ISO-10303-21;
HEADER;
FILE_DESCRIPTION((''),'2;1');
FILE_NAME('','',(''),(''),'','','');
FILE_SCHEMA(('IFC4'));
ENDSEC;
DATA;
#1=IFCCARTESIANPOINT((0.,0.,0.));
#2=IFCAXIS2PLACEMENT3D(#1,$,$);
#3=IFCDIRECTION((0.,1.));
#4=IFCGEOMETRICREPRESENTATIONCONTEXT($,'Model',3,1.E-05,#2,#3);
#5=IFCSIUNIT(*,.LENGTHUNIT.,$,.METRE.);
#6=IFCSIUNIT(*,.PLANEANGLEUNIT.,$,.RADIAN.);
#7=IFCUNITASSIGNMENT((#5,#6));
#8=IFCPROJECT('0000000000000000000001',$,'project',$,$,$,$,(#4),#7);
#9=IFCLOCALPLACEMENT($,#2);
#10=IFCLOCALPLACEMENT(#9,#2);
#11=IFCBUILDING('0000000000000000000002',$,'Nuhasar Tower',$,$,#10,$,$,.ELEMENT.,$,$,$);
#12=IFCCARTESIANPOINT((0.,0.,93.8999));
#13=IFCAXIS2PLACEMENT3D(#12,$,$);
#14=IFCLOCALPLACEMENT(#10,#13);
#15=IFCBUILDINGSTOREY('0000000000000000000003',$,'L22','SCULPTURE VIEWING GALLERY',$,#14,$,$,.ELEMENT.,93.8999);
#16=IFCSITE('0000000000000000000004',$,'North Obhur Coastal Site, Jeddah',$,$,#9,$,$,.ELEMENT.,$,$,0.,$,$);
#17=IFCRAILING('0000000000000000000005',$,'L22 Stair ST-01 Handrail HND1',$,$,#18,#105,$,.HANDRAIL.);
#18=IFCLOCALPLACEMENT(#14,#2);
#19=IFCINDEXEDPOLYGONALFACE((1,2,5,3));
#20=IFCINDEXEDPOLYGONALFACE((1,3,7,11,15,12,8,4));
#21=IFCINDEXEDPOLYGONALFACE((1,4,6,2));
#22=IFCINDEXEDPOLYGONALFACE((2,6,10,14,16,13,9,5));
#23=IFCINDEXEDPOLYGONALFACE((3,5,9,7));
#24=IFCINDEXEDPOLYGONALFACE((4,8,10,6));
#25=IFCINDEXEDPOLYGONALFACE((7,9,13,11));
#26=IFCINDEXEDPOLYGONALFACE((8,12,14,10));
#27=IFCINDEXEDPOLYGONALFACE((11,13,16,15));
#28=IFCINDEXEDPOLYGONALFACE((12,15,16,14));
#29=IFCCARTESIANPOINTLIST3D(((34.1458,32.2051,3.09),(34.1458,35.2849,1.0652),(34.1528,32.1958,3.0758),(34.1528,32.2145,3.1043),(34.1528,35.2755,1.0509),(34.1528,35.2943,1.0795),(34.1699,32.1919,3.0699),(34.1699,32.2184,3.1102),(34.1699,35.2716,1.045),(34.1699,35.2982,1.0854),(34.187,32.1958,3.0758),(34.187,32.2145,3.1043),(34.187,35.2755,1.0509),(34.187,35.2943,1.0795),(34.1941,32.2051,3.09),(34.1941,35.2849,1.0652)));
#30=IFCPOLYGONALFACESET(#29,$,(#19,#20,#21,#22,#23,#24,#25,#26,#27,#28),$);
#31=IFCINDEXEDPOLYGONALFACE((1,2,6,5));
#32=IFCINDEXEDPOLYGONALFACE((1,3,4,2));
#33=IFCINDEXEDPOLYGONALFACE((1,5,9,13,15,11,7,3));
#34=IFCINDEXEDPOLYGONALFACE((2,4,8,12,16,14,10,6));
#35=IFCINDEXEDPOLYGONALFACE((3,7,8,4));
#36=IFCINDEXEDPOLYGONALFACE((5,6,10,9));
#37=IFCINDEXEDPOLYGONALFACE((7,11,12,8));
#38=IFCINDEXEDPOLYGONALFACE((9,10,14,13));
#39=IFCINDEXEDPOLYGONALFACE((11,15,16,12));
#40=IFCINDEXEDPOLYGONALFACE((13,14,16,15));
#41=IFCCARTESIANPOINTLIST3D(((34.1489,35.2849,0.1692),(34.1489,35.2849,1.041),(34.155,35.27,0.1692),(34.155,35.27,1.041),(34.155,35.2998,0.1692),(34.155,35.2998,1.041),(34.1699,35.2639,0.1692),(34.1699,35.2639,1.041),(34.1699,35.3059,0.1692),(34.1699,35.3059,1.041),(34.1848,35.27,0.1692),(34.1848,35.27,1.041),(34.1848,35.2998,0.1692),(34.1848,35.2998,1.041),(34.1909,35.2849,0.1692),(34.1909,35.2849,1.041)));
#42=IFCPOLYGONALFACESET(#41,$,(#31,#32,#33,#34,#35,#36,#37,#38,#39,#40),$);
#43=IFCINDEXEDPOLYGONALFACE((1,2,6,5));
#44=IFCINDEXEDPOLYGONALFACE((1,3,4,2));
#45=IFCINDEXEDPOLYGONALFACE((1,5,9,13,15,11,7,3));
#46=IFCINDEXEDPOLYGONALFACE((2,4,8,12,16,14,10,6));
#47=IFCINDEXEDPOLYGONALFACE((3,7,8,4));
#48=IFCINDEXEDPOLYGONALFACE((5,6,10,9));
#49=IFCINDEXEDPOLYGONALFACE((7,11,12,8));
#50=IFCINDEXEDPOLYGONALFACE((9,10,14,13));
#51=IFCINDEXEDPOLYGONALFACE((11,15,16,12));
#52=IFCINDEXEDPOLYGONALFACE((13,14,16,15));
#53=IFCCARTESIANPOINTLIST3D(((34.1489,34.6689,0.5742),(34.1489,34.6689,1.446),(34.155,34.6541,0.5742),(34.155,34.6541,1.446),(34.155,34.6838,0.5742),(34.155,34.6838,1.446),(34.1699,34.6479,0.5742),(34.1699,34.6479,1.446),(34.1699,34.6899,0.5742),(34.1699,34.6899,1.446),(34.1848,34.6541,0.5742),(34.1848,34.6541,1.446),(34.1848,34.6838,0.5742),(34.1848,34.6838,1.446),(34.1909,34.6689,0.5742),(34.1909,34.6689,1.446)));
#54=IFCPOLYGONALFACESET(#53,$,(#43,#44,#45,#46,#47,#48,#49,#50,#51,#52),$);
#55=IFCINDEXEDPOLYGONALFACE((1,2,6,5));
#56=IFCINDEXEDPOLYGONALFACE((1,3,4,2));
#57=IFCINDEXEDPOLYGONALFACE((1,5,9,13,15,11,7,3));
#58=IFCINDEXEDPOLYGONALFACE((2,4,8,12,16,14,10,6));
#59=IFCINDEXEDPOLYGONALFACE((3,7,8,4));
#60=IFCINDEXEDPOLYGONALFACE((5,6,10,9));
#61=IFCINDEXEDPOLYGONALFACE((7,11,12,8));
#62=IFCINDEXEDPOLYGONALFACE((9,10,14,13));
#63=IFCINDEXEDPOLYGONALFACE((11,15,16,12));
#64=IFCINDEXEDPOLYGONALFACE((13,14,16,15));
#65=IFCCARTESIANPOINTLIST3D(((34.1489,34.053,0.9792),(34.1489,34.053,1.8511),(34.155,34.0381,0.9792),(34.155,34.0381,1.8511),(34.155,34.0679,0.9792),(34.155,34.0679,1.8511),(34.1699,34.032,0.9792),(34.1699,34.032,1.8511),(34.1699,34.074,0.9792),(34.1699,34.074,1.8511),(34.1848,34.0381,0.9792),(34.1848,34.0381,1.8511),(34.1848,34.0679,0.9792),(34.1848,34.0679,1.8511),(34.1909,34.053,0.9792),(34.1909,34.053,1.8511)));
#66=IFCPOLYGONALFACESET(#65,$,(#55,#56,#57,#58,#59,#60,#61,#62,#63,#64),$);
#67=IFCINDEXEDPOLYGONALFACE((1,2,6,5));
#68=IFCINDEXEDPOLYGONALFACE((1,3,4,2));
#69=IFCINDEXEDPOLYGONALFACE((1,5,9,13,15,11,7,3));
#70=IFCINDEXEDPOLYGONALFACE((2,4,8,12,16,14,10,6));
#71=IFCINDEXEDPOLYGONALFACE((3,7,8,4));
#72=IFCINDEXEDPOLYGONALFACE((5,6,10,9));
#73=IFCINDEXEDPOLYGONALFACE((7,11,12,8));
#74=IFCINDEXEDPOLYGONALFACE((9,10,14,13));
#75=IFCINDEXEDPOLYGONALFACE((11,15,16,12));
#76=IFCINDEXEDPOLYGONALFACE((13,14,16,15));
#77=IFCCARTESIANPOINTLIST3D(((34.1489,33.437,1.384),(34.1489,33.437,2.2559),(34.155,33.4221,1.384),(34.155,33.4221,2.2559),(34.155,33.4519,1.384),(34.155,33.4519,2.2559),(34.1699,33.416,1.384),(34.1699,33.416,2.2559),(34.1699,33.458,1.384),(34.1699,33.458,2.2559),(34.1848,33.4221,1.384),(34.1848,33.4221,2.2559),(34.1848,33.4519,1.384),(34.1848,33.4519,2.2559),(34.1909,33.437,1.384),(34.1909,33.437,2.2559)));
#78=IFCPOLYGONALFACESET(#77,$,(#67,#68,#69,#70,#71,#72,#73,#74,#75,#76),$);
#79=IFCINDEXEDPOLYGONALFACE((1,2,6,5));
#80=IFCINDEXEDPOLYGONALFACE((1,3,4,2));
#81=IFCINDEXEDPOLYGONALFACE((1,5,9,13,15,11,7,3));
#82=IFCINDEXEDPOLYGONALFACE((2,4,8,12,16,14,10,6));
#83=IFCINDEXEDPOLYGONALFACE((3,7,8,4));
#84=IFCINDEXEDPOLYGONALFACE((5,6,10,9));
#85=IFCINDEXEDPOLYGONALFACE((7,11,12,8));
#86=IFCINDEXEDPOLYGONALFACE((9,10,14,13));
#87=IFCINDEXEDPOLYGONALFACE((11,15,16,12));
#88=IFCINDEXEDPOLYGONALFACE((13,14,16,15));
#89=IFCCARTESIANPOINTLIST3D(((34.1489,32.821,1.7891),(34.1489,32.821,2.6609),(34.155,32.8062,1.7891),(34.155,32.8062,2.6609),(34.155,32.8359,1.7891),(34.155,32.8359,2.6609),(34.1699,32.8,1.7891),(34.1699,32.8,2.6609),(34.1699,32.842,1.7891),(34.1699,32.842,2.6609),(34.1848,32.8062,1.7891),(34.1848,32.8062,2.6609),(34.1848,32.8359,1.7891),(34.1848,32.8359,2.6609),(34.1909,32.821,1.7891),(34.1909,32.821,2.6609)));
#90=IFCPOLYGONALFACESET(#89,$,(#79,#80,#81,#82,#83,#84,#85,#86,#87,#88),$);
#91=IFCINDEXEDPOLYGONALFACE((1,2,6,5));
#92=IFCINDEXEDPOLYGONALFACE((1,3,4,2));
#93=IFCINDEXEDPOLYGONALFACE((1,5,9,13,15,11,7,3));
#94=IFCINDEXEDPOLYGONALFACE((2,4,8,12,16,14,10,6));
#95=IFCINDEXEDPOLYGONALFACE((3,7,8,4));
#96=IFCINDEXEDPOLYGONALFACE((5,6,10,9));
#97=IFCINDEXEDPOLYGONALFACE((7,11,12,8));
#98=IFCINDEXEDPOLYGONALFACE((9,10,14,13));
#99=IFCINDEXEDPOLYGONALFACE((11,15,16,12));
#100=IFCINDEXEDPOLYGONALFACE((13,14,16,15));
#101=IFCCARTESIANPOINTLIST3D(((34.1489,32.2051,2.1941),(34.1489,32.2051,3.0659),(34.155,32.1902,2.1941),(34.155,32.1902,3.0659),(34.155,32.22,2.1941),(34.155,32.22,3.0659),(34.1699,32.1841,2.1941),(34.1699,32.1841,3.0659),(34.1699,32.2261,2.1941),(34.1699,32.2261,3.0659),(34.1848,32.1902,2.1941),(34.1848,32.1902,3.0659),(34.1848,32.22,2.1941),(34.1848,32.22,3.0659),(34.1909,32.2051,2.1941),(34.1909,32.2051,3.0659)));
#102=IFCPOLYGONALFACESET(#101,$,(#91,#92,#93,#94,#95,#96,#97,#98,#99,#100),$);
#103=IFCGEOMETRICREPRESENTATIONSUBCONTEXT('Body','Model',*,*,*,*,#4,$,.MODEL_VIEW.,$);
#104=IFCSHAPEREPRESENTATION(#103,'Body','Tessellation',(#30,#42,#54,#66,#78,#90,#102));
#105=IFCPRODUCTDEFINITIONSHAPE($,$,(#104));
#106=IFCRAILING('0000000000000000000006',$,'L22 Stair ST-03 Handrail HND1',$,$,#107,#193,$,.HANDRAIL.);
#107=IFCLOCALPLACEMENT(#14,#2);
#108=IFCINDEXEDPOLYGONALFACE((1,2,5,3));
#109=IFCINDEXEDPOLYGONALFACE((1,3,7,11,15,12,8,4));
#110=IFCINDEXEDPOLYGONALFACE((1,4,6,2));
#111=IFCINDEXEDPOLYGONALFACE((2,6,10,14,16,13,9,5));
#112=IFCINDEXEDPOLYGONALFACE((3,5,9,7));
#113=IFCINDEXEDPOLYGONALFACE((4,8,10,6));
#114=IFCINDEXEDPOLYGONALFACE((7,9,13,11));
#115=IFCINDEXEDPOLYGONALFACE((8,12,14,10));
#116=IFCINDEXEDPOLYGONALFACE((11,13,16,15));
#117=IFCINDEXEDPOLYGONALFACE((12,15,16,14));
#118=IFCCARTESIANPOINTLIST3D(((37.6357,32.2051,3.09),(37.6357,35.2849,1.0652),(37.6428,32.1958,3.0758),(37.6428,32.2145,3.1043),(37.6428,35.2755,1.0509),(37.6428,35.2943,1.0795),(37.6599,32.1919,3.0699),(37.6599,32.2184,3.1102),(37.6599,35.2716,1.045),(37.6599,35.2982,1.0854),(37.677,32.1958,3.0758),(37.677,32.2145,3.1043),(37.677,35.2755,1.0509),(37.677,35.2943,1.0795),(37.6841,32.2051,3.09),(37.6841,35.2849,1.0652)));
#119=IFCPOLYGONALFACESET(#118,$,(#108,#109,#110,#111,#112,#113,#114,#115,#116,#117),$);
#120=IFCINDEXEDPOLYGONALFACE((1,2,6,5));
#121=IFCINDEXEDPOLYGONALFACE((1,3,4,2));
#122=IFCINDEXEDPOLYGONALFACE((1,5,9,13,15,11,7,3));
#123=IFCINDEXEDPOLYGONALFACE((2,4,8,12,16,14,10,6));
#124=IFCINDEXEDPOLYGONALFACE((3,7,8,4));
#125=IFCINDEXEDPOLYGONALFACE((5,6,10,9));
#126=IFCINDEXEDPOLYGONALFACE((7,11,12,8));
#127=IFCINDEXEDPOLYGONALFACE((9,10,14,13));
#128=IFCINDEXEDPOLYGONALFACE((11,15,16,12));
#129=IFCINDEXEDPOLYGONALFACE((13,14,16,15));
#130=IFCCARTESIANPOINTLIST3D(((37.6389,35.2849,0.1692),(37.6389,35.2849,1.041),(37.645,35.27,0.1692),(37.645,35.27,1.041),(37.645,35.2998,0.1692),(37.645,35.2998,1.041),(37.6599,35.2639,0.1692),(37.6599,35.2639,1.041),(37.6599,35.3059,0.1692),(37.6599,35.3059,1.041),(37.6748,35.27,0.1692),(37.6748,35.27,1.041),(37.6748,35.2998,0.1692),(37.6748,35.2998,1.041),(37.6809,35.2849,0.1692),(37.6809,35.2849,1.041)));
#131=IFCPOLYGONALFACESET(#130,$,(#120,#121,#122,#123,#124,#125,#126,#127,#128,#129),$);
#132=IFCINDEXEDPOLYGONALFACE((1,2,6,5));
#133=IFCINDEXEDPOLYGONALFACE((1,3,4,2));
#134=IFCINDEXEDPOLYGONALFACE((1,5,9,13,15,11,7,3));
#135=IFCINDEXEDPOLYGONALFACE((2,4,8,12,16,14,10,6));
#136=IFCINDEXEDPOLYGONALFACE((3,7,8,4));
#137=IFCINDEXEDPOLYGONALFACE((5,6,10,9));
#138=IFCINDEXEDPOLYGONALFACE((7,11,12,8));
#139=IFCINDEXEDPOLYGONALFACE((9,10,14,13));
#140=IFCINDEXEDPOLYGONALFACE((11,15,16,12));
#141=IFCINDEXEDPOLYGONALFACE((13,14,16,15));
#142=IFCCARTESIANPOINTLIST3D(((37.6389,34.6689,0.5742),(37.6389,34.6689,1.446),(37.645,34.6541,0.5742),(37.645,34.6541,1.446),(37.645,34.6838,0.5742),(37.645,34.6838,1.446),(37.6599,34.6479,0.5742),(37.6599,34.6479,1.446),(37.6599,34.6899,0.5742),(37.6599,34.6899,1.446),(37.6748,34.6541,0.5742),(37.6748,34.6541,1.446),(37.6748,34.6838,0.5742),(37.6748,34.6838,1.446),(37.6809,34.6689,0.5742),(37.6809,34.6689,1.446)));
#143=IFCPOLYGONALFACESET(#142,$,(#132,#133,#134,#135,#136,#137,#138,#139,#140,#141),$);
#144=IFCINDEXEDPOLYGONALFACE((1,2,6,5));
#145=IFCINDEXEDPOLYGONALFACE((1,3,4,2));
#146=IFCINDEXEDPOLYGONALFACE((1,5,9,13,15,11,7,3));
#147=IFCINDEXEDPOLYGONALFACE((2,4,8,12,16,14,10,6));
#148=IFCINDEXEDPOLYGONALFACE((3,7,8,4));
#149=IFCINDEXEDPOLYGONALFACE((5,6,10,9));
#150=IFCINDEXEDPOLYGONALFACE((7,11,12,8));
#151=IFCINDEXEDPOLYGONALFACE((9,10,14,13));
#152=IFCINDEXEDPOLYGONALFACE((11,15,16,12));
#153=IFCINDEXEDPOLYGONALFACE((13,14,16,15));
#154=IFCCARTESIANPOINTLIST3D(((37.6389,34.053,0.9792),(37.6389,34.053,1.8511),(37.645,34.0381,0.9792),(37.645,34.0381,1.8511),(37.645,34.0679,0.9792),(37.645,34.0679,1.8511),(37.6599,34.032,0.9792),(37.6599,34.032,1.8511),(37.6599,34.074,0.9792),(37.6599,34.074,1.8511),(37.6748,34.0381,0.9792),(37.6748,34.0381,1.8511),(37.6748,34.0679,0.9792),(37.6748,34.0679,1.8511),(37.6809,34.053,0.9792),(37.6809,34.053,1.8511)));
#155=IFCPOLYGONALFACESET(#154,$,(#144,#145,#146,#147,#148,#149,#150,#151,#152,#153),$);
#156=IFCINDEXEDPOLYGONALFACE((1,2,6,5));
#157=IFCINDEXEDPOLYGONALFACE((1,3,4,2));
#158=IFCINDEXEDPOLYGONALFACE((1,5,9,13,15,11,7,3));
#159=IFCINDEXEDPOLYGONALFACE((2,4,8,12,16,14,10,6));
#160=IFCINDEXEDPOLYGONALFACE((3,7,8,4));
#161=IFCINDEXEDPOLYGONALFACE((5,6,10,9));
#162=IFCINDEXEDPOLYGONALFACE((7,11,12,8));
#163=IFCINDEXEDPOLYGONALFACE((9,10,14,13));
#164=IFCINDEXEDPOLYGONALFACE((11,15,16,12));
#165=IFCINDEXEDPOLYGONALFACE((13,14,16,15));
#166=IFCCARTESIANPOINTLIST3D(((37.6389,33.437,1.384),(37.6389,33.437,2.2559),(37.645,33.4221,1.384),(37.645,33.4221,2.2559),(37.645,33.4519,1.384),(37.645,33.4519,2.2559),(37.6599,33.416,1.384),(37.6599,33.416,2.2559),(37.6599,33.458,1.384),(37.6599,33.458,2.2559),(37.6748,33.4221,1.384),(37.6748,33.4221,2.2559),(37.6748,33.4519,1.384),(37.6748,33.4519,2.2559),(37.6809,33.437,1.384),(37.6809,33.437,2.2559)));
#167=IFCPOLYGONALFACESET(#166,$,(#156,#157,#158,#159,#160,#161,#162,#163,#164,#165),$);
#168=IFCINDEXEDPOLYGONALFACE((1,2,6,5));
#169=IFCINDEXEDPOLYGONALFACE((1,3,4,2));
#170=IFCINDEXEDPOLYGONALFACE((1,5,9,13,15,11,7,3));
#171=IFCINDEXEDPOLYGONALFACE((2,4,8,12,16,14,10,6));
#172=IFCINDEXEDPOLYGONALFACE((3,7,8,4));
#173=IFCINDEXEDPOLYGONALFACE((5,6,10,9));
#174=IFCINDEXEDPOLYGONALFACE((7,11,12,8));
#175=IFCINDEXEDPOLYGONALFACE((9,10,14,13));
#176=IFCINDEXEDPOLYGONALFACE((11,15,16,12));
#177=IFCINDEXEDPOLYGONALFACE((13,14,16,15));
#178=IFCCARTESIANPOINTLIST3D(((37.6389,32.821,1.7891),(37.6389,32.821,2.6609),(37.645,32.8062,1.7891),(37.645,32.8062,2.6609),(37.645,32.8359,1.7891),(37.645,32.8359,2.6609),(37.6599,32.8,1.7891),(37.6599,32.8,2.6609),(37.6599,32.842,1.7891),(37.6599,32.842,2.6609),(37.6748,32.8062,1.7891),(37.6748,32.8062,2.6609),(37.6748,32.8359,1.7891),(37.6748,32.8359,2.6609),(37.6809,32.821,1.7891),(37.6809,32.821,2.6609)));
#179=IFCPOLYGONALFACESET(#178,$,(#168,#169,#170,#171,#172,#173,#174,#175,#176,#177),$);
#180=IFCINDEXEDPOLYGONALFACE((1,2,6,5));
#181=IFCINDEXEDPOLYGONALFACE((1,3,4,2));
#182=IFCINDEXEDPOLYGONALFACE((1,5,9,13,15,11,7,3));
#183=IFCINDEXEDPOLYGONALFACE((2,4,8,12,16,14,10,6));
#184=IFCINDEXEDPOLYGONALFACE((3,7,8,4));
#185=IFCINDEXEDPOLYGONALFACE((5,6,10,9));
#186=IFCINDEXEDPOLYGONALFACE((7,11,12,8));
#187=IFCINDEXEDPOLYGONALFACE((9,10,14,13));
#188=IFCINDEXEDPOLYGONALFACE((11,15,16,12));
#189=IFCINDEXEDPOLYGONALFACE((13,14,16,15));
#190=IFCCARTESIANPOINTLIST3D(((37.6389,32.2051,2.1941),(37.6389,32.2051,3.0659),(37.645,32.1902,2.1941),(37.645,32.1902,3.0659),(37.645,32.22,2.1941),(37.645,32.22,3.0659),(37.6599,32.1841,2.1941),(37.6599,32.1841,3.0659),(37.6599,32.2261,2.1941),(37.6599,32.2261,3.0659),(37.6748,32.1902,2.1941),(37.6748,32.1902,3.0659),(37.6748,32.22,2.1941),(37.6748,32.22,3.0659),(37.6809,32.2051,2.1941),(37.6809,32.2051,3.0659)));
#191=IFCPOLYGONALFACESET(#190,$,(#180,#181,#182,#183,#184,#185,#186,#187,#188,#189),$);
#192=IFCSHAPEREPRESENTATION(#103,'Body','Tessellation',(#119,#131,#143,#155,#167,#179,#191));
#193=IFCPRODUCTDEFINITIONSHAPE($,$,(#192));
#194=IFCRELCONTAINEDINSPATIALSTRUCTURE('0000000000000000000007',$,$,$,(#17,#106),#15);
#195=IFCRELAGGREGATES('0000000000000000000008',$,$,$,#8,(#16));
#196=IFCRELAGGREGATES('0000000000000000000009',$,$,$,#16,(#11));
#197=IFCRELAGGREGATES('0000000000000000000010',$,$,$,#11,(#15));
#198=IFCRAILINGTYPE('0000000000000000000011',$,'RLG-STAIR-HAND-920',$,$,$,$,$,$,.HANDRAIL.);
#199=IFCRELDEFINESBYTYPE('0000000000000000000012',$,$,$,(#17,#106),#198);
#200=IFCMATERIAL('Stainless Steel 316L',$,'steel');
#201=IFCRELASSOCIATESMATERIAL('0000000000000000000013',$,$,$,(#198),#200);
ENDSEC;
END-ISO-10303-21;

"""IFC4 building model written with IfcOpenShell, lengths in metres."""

from ifc_helpers import new_model, si_unit, direction, frame, origin, place, context, subcontext, project, spatial, polyline, outline, extrude, material, type_object, element, save


model = new_model("IFC4")

# Units and contexts
model_context = context("Model", 3, precision=1e-05, world=origin(), true_north=direction((0.0, 1.0)))
body_context = subcontext(model_context, "Body", "Model", "MODEL_VIEW")
ifc_project = project(units=[si_unit("LENGTHUNIT", "METRE"), si_unit("PLANEANGLEUNIT", "RADIAN")], contexts=[model_context])

# Site, building, storey
site_placement = place(None, origin())
site = spatial("IfcSite", under=ifc_project, at=site_placement, Name="North Obhur Coastal Site, Jeddah", CompositionType="ELEMENT", RefElevation=0.0)
building_placement = place(site_placement, origin())
building = spatial("IfcBuilding", under=site, at=building_placement, Name="Nuhasar Tower", CompositionType="ELEMENT")
storey_placement = place(building_placement, frame((0.0, 0.0, 93.8999)))
storey = spatial("IfcBuildingStorey", under=building, at=storey_placement, Name="L22", Description="SCULPTURE VIEWING GALLERY", CompositionType="ELEMENT", Elevation=93.8999)

# Railings
ifc_material_1 = material(Name="Stainless Steel 316L", Category="steel")
railing_type_1 = type_object("IfcRailingType", Name="RLG-STAIR-HAND-920", PredefinedType="HANDRAIL", material=ifc_material_1)
railing_1_placement = place(storey_placement, frame((34.1699, 35.2849, 0.1692)))
element("IfcRailing", 1, at=railing_1_placement, inside=storey, type_object=railing_type_1, Name="L22 Stair ST-01 Handrail HND1", PredefinedType="HANDRAIL", context=body_context, shape_type="SweptSolid", body=[
    extrude(outline(polyline([(0.0242, 0.0), (0.0171, 0.0171), (0.0, 0.0242), (-0.0171, 0.0171), (-0.0242, 0.0), (-0.0171, -0.0171), (0.0, -0.0242), (0.0171, -0.0171), (0.0242, 0.0)])), frame((0.0, 0.0, 0.896), z_axis=(0.0, -0.83558, 0.54937), x_axis=(1.0, 0.0, 0.0)), (0.0, 0.0, 1.0), 3.6858),
    extrude(outline(polyline([(0.021, 0.0), (0.0149, 0.0149), (0.0, 0.021), (-0.0149, 0.0149), (-0.021, 0.0), (-0.0149, -0.0149), (0.0, -0.021), (0.0149, -0.0149), (0.021, 0.0)])), origin(), (0.0, 0.0, 1.0), 0.8718),
    extrude(outline(polyline([(0.021, 0.0), (0.0149, 0.0149), (0.0, 0.021), (-0.0149, 0.0149), (-0.021, 0.0), (-0.0149, -0.0149), (0.0, -0.021), (0.0149, -0.0149), (0.021, 0.0)])), frame((0.0, -0.616, 0.405)), (0.0, 0.0, 1.0), 0.8718),
    extrude(outline(polyline([(0.021, 0.0), (0.0149, 0.0149), (0.0, 0.021), (-0.0149, 0.0149), (-0.021, 0.0), (-0.0149, -0.0149), (0.0, -0.021), (0.0149, -0.0149), (0.021, 0.0)])), frame((0.0, -1.2319, 0.8101)), (0.0, 0.0, 1.0), 0.8718),
    extrude(outline(polyline([(0.021, 0.0), (0.0149, 0.0149), (0.0, 0.021), (-0.0149, 0.0149), (-0.021, 0.0), (-0.0149, -0.0149), (0.0, -0.021), (0.0149, -0.0149), (0.021, 0.0)])), frame((0.0, -1.8479, 1.2148)), (0.0, 0.0, 1.0), 0.8718),
    extrude(outline(polyline([(0.021, 0.0), (0.0149, 0.0149), (0.0, 0.021), (-0.0149, 0.0149), (-0.021, 0.0), (-0.0149, -0.0149), (0.0, -0.021), (0.0149, -0.0149), (0.021, 0.0)])), frame((0.0, -2.4639, 1.6199)), (0.0, 0.0, 1.0), 0.8718),
    extrude(outline(polyline([(0.021, 0.0), (0.0149, 0.0149), (0.0, 0.021), (-0.0149, 0.0149), (-0.021, 0.0), (-0.0149, -0.0149), (0.0, -0.021), (0.0149, -0.0149), (0.021, 0.0)])), frame((0.0, -3.0798, 2.0249)), (0.0, 0.0, 1.0), 0.8718),
])
railing_2_placement = place(storey_placement, frame((37.6599, 35.2849, 0.1692)))
element("IfcRailing", 2, at=railing_2_placement, inside=storey, type_object=railing_type_1, Name="L22 Stair ST-03 Handrail HND1", PredefinedType="HANDRAIL", context=body_context, shape_type="SweptSolid", body=[
    extrude(outline(polyline([(0.0242, 0.0), (0.0171, 0.0171), (0.0, 0.0242), (-0.0171, 0.0171), (-0.0242, 0.0), (-0.0171, -0.0171), (0.0, -0.0242), (0.0171, -0.0171), (0.0242, 0.0)])), frame((0.0, 0.0, 0.896), z_axis=(0.0, -0.83558, 0.54937), x_axis=(1.0, 0.0, 0.0)), (0.0, 0.0, 1.0), 3.6858),
    extrude(outline(polyline([(0.021, 0.0), (0.0149, 0.0149), (0.0, 0.021), (-0.0149, 0.0149), (-0.021, 0.0), (-0.0149, -0.0149), (0.0, -0.021), (0.0149, -0.0149), (0.021, 0.0)])), origin(), (0.0, 0.0, 1.0), 0.8718),
    extrude(outline(polyline([(0.021, 0.0), (0.0149, 0.0149), (0.0, 0.021), (-0.0149, 0.0149), (-0.021, 0.0), (-0.0149, -0.0149), (0.0, -0.021), (0.0149, -0.0149), (0.021, 0.0)])), frame((0.0, -0.616, 0.405)), (0.0, 0.0, 1.0), 0.8718),
    extrude(outline(polyline([(0.021, 0.0), (0.0149, 0.0149), (0.0, 0.021), (-0.0149, 0.0149), (-0.021, 0.0), (-0.0149, -0.0149), (0.0, -0.021), (0.0149, -0.0149), (0.021, 0.0)])), frame((0.0, -1.2319, 0.8101)), (0.0, 0.0, 1.0), 0.8718),
    extrude(outline(polyline([(0.021, 0.0), (0.0149, 0.0149), (0.0, 0.021), (-0.0149, 0.0149), (-0.021, 0.0), (-0.0149, -0.0149), (0.0, -0.021), (0.0149, -0.0149), (0.021, 0.0)])), frame((0.0, -1.8479, 1.2148)), (0.0, 0.0, 1.0), 0.8718),
    extrude(outline(polyline([(0.021, 0.0), (0.0149, 0.0149), (0.0, 0.021), (-0.0149, 0.0149), (-0.021, 0.0), (-0.0149, -0.0149), (0.0, -0.021), (0.0149, -0.0149), (0.021, 0.0)])), frame((0.0, -2.4639, 1.6199)), (0.0, 0.0, 1.0), 0.8718),
    extrude(outline(polyline([(0.021, 0.0), (0.0149, 0.0149), (0.0, 0.021), (-0.0149, 0.0149), (-0.021, 0.0), (-0.0149, -0.0149), (0.0, -0.021), (0.0149, -0.0149), (0.021, 0.0)])), frame((0.0, -3.0798, 2.0249)), (0.0, 0.0, 1.0), 0.8718),
])

save(model, "model.ifc")
